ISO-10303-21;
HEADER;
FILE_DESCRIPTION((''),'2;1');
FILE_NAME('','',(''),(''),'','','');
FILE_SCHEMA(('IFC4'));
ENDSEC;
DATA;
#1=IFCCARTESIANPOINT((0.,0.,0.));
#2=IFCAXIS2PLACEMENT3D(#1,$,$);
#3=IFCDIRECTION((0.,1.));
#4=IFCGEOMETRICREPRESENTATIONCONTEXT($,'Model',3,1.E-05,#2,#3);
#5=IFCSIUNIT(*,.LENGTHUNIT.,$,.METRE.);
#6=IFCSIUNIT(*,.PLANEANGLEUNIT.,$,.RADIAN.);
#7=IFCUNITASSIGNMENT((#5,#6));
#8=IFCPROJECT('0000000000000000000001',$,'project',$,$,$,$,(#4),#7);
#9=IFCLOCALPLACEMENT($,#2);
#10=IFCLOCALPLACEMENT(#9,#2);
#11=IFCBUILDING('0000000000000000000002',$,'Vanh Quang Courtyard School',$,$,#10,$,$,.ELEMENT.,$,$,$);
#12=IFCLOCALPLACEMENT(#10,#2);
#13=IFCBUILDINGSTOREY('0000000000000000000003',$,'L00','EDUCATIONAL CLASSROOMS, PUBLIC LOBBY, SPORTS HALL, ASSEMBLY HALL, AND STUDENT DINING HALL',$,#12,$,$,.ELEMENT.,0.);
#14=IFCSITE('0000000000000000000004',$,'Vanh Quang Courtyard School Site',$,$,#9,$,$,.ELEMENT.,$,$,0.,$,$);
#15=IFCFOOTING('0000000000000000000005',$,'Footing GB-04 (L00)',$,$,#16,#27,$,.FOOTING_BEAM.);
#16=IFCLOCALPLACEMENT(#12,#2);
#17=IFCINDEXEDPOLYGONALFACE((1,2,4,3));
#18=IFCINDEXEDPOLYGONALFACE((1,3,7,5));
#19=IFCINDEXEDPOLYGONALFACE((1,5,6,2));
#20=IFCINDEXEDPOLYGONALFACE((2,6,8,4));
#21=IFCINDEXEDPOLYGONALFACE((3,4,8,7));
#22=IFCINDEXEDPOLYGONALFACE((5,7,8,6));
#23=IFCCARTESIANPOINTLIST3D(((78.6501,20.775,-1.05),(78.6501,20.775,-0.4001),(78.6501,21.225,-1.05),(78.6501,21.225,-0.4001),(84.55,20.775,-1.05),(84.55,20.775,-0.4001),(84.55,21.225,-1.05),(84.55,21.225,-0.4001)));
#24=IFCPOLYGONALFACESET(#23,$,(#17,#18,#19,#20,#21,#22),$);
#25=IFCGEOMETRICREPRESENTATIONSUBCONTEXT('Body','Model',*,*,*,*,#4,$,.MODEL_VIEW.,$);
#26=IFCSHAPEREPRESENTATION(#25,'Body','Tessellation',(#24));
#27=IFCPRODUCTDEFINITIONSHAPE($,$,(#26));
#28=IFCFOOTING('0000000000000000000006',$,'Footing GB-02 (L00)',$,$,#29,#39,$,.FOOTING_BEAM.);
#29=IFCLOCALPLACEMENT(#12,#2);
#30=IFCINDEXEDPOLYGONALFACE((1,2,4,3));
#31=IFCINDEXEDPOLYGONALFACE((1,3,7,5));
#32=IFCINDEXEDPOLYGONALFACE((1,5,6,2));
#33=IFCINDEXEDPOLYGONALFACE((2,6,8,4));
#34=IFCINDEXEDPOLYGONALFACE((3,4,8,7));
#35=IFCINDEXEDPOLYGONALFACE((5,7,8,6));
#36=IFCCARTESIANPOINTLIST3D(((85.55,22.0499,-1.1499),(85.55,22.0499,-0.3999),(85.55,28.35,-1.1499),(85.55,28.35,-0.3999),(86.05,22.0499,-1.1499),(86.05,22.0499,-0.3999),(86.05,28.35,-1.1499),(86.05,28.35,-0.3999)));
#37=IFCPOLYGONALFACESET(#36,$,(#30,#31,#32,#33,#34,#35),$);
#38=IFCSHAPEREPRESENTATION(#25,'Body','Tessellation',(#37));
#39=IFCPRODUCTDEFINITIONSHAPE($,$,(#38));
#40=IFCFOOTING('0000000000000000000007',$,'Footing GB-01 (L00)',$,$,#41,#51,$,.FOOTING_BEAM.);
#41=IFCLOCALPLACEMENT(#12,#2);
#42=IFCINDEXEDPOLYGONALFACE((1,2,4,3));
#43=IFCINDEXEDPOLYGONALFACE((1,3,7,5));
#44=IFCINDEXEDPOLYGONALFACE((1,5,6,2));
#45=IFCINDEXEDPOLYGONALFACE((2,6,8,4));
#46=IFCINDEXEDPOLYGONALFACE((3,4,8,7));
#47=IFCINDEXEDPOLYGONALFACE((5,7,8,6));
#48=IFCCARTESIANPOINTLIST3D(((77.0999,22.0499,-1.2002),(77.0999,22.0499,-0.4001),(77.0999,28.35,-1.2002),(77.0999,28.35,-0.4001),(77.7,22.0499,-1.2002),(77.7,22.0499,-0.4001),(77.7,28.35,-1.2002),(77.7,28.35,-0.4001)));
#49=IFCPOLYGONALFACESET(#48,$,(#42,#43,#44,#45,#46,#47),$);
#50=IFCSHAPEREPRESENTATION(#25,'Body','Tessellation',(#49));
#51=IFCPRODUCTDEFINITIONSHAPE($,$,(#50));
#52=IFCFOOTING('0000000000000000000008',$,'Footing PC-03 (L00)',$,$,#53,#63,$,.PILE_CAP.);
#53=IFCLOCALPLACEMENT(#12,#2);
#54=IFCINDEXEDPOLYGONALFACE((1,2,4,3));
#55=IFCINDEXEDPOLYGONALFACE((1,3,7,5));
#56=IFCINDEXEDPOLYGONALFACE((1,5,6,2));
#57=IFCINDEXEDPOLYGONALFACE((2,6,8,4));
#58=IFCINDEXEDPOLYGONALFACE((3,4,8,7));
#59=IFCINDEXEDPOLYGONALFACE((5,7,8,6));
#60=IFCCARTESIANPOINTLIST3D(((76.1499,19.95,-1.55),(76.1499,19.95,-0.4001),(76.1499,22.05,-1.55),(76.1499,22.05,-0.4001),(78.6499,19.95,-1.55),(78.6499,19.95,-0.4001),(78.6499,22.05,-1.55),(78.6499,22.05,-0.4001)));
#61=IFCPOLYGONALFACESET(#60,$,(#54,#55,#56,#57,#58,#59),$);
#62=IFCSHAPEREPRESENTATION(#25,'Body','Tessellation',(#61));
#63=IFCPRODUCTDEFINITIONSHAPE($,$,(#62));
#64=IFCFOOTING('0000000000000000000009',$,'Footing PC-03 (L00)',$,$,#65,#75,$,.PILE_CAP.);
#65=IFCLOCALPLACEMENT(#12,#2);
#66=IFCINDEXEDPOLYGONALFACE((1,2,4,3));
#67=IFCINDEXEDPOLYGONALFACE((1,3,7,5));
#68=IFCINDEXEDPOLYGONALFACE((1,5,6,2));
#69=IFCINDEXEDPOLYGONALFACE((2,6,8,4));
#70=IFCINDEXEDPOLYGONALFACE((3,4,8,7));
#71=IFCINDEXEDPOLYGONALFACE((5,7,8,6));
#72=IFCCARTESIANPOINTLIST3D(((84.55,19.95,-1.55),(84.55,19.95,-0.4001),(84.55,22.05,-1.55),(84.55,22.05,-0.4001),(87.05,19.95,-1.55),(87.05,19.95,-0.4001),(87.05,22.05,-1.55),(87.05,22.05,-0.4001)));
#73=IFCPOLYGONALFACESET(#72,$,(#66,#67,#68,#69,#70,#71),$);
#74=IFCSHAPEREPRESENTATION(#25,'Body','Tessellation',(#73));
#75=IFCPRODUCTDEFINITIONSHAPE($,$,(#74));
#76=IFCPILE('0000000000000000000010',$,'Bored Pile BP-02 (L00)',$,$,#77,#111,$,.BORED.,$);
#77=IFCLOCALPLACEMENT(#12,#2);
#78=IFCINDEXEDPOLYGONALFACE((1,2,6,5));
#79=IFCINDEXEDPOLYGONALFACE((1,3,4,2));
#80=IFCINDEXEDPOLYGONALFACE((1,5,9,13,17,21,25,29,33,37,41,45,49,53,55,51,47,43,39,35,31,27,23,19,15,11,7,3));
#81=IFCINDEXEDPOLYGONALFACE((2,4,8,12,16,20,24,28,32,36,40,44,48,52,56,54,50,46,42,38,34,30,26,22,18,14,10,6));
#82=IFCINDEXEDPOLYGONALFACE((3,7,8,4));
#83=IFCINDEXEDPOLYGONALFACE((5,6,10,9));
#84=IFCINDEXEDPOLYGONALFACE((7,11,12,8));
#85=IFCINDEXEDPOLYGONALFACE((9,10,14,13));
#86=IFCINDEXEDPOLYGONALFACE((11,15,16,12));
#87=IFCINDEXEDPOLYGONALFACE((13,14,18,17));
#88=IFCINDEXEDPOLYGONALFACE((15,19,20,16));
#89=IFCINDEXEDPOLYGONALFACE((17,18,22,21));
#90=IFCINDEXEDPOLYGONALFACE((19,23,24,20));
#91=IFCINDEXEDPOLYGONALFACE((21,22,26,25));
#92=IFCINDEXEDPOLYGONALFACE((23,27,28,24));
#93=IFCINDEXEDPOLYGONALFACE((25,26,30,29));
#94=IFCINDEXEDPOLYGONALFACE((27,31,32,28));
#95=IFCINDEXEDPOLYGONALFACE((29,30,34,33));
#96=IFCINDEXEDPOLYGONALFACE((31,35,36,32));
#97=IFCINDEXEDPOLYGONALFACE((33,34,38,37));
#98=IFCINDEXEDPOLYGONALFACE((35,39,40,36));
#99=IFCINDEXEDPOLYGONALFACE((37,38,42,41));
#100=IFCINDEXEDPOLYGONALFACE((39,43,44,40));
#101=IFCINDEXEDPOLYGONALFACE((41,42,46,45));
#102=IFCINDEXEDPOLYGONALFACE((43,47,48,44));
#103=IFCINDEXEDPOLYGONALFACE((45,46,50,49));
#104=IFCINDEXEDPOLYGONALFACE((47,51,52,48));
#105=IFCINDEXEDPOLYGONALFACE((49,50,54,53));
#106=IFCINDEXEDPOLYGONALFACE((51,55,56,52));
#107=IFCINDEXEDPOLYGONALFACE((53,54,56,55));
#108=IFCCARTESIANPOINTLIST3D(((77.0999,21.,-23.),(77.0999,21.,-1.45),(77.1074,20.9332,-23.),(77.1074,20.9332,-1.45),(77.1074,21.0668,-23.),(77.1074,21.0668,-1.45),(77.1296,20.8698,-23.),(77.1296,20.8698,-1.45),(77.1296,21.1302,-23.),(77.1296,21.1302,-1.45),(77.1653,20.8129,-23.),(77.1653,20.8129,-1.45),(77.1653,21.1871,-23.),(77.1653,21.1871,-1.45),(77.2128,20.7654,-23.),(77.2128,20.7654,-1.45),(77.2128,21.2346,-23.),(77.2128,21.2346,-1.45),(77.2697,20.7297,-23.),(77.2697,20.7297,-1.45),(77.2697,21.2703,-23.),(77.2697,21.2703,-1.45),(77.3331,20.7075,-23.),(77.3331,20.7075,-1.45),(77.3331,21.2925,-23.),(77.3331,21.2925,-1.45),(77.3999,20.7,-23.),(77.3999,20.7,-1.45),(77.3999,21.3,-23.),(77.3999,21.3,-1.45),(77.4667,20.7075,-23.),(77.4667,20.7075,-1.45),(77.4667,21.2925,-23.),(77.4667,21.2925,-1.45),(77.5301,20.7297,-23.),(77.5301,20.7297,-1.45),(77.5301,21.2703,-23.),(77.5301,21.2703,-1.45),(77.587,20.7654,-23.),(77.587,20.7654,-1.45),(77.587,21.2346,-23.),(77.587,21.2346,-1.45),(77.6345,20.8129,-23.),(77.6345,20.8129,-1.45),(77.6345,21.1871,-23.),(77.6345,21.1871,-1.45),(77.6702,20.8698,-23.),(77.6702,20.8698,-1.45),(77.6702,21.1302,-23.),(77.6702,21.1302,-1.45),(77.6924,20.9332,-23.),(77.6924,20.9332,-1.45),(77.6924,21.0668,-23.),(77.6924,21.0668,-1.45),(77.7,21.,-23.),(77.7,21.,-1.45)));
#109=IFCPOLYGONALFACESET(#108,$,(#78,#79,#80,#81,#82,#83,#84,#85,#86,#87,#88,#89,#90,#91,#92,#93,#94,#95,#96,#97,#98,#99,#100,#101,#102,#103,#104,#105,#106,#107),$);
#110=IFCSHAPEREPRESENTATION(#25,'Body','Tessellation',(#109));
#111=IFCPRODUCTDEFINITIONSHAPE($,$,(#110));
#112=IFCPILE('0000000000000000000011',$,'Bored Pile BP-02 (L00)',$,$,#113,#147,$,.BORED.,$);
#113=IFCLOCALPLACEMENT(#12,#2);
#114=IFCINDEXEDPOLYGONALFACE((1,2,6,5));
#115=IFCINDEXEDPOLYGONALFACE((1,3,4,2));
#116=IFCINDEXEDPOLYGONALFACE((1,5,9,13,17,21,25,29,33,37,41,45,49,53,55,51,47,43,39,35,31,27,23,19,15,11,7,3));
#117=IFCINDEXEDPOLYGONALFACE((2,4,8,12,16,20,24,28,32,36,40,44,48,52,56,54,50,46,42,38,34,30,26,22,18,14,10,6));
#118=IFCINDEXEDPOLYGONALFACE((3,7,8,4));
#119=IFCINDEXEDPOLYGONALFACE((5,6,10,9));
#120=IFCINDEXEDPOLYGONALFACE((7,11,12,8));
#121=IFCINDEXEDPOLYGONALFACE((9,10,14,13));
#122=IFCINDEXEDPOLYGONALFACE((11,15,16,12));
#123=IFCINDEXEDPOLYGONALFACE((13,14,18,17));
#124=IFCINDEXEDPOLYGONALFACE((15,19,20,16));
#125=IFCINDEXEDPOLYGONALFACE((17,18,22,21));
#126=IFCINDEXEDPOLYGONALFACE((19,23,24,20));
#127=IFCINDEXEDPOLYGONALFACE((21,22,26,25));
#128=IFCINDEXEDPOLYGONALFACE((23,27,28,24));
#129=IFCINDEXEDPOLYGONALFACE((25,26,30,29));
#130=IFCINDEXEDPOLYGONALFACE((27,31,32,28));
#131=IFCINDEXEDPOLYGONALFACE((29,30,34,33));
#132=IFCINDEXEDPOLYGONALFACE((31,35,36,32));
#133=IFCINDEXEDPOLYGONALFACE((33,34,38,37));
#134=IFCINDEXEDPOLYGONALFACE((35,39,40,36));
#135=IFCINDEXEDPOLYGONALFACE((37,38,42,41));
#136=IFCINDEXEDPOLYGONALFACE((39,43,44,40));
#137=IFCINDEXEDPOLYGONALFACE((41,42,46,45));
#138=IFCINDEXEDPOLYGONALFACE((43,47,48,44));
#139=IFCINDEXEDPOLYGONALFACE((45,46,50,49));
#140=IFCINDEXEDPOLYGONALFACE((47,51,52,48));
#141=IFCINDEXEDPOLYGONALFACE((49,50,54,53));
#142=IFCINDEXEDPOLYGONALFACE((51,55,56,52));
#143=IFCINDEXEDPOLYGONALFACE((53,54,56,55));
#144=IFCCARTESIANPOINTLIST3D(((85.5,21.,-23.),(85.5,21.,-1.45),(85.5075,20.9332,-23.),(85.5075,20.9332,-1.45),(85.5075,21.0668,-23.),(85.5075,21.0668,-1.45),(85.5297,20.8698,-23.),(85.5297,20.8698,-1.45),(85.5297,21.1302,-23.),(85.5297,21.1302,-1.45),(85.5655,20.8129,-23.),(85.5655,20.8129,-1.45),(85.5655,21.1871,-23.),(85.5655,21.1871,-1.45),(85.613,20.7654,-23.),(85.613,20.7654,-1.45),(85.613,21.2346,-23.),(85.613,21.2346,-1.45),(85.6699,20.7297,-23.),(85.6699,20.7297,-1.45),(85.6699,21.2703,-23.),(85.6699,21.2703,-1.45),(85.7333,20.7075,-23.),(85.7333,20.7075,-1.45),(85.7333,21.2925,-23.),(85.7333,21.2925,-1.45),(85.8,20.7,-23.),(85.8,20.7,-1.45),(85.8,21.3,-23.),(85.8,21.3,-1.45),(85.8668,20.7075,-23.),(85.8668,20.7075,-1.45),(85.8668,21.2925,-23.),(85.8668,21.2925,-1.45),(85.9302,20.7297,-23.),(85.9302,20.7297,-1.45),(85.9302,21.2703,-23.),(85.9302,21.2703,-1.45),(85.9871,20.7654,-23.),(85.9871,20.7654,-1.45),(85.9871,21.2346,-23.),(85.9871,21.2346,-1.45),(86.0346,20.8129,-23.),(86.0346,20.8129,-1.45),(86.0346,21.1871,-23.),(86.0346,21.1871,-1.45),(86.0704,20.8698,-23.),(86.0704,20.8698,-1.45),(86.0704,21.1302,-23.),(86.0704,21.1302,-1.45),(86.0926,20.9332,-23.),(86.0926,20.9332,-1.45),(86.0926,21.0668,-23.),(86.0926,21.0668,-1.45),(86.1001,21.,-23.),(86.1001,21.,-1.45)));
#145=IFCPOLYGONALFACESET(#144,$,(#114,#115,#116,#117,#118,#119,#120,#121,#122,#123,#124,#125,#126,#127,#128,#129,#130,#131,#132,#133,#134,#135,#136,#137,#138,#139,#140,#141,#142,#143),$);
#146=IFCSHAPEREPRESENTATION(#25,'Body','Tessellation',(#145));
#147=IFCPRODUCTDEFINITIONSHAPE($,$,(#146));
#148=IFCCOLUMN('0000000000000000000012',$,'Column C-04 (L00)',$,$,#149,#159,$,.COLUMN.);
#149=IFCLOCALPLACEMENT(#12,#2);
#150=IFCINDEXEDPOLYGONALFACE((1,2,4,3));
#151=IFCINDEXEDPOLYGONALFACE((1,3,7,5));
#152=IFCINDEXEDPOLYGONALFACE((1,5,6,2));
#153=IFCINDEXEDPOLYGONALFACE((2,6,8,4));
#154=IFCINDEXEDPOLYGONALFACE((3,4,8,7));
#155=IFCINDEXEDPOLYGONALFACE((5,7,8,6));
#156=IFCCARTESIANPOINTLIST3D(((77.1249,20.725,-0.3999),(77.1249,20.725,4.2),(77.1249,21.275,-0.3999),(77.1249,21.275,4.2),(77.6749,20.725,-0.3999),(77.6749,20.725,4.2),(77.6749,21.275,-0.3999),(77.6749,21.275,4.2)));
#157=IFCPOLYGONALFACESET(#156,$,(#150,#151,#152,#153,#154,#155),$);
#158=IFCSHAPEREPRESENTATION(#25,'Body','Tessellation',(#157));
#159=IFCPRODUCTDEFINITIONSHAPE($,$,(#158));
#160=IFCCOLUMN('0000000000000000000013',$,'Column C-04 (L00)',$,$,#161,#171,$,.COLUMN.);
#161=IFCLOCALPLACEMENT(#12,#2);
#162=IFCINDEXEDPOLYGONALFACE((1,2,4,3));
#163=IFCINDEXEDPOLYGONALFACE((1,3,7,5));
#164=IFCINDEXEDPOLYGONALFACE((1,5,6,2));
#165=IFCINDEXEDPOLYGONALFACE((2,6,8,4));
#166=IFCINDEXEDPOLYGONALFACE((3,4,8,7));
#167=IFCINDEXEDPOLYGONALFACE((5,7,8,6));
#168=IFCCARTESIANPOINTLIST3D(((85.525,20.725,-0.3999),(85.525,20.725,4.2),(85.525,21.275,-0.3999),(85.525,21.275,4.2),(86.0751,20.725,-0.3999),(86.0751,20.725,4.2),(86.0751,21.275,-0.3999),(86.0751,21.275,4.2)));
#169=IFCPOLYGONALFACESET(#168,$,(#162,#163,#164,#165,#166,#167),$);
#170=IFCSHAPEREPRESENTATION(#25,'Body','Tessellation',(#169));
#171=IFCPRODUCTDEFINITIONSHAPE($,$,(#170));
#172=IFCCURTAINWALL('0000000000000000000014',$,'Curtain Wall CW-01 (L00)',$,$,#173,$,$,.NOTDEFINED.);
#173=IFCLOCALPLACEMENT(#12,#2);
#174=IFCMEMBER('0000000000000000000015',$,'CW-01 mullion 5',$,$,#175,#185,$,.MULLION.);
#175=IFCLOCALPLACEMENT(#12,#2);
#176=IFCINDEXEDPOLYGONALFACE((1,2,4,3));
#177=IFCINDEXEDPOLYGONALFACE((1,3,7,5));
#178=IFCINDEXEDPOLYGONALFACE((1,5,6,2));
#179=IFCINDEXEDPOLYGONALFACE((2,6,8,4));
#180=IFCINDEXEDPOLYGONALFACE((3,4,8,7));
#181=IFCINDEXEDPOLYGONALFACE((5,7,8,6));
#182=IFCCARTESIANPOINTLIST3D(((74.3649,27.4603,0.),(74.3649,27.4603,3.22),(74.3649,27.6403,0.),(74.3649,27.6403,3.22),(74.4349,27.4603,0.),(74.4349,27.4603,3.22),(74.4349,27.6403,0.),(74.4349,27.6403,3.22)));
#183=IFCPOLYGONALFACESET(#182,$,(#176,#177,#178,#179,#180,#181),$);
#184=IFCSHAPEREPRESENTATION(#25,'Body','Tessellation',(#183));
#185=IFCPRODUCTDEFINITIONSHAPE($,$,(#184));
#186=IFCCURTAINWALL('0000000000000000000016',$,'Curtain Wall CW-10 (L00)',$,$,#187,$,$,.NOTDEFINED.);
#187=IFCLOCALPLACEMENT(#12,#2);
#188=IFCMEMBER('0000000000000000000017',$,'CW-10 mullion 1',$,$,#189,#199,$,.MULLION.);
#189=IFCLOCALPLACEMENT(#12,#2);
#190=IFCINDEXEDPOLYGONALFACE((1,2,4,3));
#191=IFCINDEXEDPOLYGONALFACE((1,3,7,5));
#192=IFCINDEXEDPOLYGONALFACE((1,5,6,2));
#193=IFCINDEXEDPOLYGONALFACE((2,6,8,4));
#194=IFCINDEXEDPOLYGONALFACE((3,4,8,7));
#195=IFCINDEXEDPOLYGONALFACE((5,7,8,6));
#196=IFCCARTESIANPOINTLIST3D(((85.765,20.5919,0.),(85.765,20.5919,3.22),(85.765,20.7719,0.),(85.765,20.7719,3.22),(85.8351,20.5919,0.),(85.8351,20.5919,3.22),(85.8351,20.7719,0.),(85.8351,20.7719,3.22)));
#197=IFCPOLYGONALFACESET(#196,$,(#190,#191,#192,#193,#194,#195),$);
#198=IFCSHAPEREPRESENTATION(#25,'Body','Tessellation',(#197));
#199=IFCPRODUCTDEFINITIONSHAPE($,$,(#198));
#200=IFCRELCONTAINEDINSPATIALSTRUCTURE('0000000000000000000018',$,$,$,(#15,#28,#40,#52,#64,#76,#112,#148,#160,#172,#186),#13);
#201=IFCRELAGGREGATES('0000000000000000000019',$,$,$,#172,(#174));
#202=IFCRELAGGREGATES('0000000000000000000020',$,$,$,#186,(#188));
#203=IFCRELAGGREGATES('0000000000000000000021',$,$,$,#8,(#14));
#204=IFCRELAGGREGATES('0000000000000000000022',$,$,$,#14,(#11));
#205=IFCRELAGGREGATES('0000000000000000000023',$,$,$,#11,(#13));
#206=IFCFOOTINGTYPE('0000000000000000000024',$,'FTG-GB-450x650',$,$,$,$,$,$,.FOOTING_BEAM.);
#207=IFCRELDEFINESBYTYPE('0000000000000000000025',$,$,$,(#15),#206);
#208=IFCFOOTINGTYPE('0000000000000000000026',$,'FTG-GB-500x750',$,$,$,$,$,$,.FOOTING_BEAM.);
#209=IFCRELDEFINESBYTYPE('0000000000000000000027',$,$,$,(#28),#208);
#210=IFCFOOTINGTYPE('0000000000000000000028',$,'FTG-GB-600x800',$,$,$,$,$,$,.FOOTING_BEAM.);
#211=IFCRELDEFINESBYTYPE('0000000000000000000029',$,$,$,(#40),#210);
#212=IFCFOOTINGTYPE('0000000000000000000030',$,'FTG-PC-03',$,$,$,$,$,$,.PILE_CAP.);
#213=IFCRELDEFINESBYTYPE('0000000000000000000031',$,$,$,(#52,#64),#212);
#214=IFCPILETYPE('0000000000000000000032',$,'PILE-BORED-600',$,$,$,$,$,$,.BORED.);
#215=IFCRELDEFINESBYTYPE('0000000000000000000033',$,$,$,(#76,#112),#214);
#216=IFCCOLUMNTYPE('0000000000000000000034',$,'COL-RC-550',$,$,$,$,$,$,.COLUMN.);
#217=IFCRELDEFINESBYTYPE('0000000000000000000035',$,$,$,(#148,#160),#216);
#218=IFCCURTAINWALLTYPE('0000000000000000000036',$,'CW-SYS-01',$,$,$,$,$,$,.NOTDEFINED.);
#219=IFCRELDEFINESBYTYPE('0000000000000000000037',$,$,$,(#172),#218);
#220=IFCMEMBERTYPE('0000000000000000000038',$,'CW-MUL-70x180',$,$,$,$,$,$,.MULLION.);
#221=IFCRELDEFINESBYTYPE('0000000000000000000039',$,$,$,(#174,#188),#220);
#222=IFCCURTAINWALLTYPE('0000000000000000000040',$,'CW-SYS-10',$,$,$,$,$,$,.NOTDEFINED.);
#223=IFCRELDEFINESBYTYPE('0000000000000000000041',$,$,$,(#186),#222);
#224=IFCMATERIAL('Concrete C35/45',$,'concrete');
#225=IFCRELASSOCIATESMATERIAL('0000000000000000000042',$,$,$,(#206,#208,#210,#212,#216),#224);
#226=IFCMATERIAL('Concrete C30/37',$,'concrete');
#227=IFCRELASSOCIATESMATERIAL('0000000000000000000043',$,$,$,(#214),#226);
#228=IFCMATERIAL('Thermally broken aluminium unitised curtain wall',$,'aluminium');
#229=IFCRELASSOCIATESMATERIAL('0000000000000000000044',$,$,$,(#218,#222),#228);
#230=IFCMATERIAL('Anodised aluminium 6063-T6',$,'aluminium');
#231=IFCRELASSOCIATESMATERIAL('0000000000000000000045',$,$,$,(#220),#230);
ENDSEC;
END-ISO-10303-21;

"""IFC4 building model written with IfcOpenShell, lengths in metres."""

from ifc_helpers import new_model, si_unit, direction, frame, origin, origin_2d, place, context, subcontext, project, spatial, rectangle, circle, extrude, material, material_profile, profile_set, type_object, element, aggregate, save


model = new_model("IFC4")

# Units and contexts
model_context = context("Model", 3, precision=1e-05, world=origin(), true_north=direction((0.0, 1.0)))
body_context = subcontext(model_context, "Body", "Model", "MODEL_VIEW")
ifc_project = project(units=[si_unit("LENGTHUNIT", "METRE"), si_unit("PLANEANGLEUNIT", "RADIAN")], contexts=[model_context])

# Site, building, storey
site_placement = place(None, origin())
site = spatial("IfcSite", under=ifc_project, at=site_placement, Name="Vanh Quang Courtyard School Site", CompositionType="ELEMENT", RefElevation=0.0)
building_placement = place(site_placement, origin())
building = spatial("IfcBuilding", under=site, at=building_placement, Name="Vanh Quang Courtyard School", CompositionType="ELEMENT")
storey_placement = place(building_placement, origin())
storey = spatial("IfcBuildingStorey", under=building, at=storey_placement, Name="L00", Description="EDUCATIONAL CLASSROOMS, PUBLIC LOBBY, SPORTS HALL, ASSEMBLY HALL, AND STUDENT DINING HALL", CompositionType="ELEMENT", Elevation=0.0)

# Footings
ifc_material_1 = material(Name="Concrete C35/45", Category="concrete")
footing_type_1 = type_object("IfcFootingType", Name="FTG-GB-450x650", PredefinedType="FOOTING_BEAM", material=ifc_material_1)
footing_1_placement = place(storey_placement, frame((81.6001, 21.0, -1.05), z_axis=(0.0, 0.0, 1.0), x_axis=(1.0, 0.0, 0.0)))
element("IfcFooting", 1, at=footing_1_placement, inside=storey, type_object=footing_type_1, Name="Footing GB-04 (L00)", PredefinedType="FOOTING_BEAM", context=body_context, shape_type="SweptSolid", body=[
    extrude(rectangle(XDim=5.8999, YDim=0.45, at=origin_2d()), origin(), (0.0, 0.0, 1.0), 0.6499),
])
footing_type_2 = type_object("IfcFootingType", Name="FTG-GB-500x750", PredefinedType="FOOTING_BEAM", material=ifc_material_1)
footing_2_placement = place(storey_placement, frame((85.8, 25.2, -1.1499), z_axis=(0.0, 0.0, 1.0), x_axis=(0.0, 1.0, 0.0)))
element("IfcFooting", 2, at=footing_2_placement, inside=storey, type_object=footing_type_2, Name="Footing GB-02 (L00)", PredefinedType="FOOTING_BEAM", context=body_context, shape_type="SweptSolid", body=[
    extrude(rectangle(XDim=6.3, YDim=0.5, at=origin_2d()), origin(), (0.0, 0.0, 1.0), 0.75),
])
footing_type_3 = type_object("IfcFootingType", Name="FTG-GB-600x800", PredefinedType="FOOTING_BEAM", material=ifc_material_1)
footing_3_placement = place(storey_placement, frame((77.3999, 25.2, -1.2002), z_axis=(0.0, 0.0, 1.0), x_axis=(0.0, 1.0, 0.0)))
element("IfcFooting", 3, at=footing_3_placement, inside=storey, type_object=footing_type_3, Name="Footing GB-01 (L00)", PredefinedType="FOOTING_BEAM", context=body_context, shape_type="SweptSolid", body=[
    extrude(rectangle(XDim=6.3, YDim=0.6001, at=origin_2d()), origin(), (0.0, 0.0, 1.0), 0.8),
])
footing_type_4 = type_object("IfcFootingType", Name="FTG-PC-03", PredefinedType="PILE_CAP", material=ifc_material_1)
for number, where, z_axis, x_axis, name in (
    (4, (77.3999, 21.0, -1.55), (0.0, 0.0, 1.0), (1.0, 0.0, 0.0), "Footing PC-03 (L00)"),
    (5, (85.8, 21.0, -1.55), (0.0, 0.0, 1.0), (1.0, 0.0, 0.0), "Footing PC-03 (L00)"),
):
    element("IfcFooting", number, at=place(storey_placement, frame(where, z_axis=z_axis, x_axis=x_axis)), inside=storey, type_object=footing_type_4, Name=name, PredefinedType="PILE_CAP", context=body_context, shape_type="SweptSolid", body=[
        extrude(rectangle(XDim=2.5, YDim=2.1001, at=origin_2d()), origin(), (0.0, 0.0, 1.0), 1.1499),
    ])

# Piles
ifc_material_2 = material(Name="Concrete C30/37", Category="concrete")
ifc_material_profile_1 = material_profile(ifc_material_2, circle(Radius=0.3, at=origin_2d()), Name="PILE D600")
ifc_profile_set_1 = profile_set([ifc_material_profile_1], Name="Concrete C30/37")
pile_type = type_object("IfcPileType", Name="PILE-BORED-600", PredefinedType="BORED", material=ifc_profile_set_1)
for number, where, z_axis, x_axis, name in (
    (6, (77.3999, 21.0, -1.45), (0.0, 0.0, -1.0), (1.0, 0.0, 0.0), "Bored Pile BP-02 (L00)"),
    (7, (85.8, 21.0, -1.45), (0.0, 0.0, -1.0), (1.0, 0.0, 0.0), "Bored Pile BP-02 (L00)"),
):
    element("IfcPile", number, at=place(storey_placement, frame(where, z_axis=z_axis, x_axis=x_axis)), inside=storey, type_object=pile_type, Name=name, PredefinedType="BORED", context=body_context, shape_type="SweptSolid", body=[
        extrude(circle(Radius=0.3, at=origin_2d()), origin(), (0.0, 0.0, 1.0), 21.55),
    ])

# Columns
ifc_material_profile_2 = material_profile(ifc_material_1, rectangle(XDim=0.55, YDim=0.55, at=origin_2d()), Name="RC-COL 550x550")
ifc_profile_set_2 = profile_set([ifc_material_profile_2], Name="Concrete C35/45")
column_type = type_object("IfcColumnType", Name="COL-RC-550", PredefinedType="COLUMN", material=ifc_profile_set_2)
for number, where, z_axis, x_axis, name in (
    (8, (77.3999, 21.0, -0.3999), (0.0, 0.0, 1.0), (1.0, 0.0, 0.0), "Column C-04 (L00)"),
    (9, (85.8, 21.0, -0.3999), (0.0, 0.0, 1.0), (1.0, 0.0, 0.0), "Column C-04 (L00)"),
):
    element("IfcColumn", number, at=place(storey_placement, frame(where, z_axis=z_axis, x_axis=x_axis)), inside=storey, type_object=column_type, Name=name, PredefinedType="COLUMN", context=body_context, shape_type="SweptSolid", body=[
        extrude(rectangle(XDim=0.55, YDim=0.55, at=origin_2d()), origin(), (0.0, 0.0, 1.0), 4.5999),
    ])

# Curtain walls, members
ifc_material_3 = material(Name="Thermally broken aluminium unitised curtain wall", Category="aluminium")
curtain_wall_type_1 = type_object("IfcCurtainWallType", Name="CW-SYS-01", PredefinedType="NOTDEFINED", material=ifc_material_3)
curtain_wall_1_placement = place(storey_placement, origin())
curtain_wall_1 = element("IfcCurtainWall", 10, at=curtain_wall_1_placement, inside=storey, type_object=curtain_wall_type_1, Name="Curtain Wall CW-01 (L00)", PredefinedType="NOTDEFINED")
ifc_material_4 = material(Name="Anodised aluminium 6063-T6", Category="aluminium")
ifc_material_profile_3 = material_profile(ifc_material_4, rectangle(XDim=0.0701, YDim=0.1799, at=origin_2d()), Name="ALU-MUL 70x180")
ifc_profile_set_3 = profile_set([ifc_material_profile_3], Name="Anodised aluminium 6063-T6")
member_type_1 = type_object("IfcMemberType", Name="CW-MUL-70x180", PredefinedType="MULLION", material=ifc_profile_set_3)
member_1_placement = place(storey_placement, frame((74.3999, 27.5503, 0.0), z_axis=(0.0, 0.0, 1.0), x_axis=(-1.0, 0.0, 0.0)))
member_1 = element("IfcMember", 11, at=member_1_placement, type_object=member_type_1, Name="CW-01 mullion 5", PredefinedType="MULLION", context=body_context, shape_type="SweptSolid", body=[
    extrude(rectangle(XDim=0.0701, YDim=0.1799, at=origin_2d()), origin(), (0.0, 0.0, 1.0), 3.22),
])
curtain_wall_type_2 = type_object("IfcCurtainWallType", Name="CW-SYS-10", PredefinedType="NOTDEFINED", material=ifc_material_3)
curtain_wall_2_placement = place(storey_placement, origin())
curtain_wall_2 = element("IfcCurtainWall", 12, at=curtain_wall_2_placement, inside=storey, type_object=curtain_wall_type_2, Name="Curtain Wall CW-10 (L00)", PredefinedType="NOTDEFINED")
member_2_placement = place(storey_placement, frame((85.8, 20.6819, 0.0), z_axis=(0.0, 0.0, 1.0), x_axis=(1.0, 0.0, 0.0)))
member_2 = element("IfcMember", 13, at=member_2_placement, type_object=member_type_1, Name="CW-10 mullion 1", PredefinedType="MULLION", context=body_context, shape_type="SweptSolid", body=[
    extrude(rectangle(XDim=0.0701, YDim=0.1799, at=origin_2d()), origin(), (0.0, 0.0, 1.0), 3.22),
])

aggregate(curtain_wall_1, [member_1])
aggregate(curtain_wall_2, [member_2])

save(model, "model.ifc")
